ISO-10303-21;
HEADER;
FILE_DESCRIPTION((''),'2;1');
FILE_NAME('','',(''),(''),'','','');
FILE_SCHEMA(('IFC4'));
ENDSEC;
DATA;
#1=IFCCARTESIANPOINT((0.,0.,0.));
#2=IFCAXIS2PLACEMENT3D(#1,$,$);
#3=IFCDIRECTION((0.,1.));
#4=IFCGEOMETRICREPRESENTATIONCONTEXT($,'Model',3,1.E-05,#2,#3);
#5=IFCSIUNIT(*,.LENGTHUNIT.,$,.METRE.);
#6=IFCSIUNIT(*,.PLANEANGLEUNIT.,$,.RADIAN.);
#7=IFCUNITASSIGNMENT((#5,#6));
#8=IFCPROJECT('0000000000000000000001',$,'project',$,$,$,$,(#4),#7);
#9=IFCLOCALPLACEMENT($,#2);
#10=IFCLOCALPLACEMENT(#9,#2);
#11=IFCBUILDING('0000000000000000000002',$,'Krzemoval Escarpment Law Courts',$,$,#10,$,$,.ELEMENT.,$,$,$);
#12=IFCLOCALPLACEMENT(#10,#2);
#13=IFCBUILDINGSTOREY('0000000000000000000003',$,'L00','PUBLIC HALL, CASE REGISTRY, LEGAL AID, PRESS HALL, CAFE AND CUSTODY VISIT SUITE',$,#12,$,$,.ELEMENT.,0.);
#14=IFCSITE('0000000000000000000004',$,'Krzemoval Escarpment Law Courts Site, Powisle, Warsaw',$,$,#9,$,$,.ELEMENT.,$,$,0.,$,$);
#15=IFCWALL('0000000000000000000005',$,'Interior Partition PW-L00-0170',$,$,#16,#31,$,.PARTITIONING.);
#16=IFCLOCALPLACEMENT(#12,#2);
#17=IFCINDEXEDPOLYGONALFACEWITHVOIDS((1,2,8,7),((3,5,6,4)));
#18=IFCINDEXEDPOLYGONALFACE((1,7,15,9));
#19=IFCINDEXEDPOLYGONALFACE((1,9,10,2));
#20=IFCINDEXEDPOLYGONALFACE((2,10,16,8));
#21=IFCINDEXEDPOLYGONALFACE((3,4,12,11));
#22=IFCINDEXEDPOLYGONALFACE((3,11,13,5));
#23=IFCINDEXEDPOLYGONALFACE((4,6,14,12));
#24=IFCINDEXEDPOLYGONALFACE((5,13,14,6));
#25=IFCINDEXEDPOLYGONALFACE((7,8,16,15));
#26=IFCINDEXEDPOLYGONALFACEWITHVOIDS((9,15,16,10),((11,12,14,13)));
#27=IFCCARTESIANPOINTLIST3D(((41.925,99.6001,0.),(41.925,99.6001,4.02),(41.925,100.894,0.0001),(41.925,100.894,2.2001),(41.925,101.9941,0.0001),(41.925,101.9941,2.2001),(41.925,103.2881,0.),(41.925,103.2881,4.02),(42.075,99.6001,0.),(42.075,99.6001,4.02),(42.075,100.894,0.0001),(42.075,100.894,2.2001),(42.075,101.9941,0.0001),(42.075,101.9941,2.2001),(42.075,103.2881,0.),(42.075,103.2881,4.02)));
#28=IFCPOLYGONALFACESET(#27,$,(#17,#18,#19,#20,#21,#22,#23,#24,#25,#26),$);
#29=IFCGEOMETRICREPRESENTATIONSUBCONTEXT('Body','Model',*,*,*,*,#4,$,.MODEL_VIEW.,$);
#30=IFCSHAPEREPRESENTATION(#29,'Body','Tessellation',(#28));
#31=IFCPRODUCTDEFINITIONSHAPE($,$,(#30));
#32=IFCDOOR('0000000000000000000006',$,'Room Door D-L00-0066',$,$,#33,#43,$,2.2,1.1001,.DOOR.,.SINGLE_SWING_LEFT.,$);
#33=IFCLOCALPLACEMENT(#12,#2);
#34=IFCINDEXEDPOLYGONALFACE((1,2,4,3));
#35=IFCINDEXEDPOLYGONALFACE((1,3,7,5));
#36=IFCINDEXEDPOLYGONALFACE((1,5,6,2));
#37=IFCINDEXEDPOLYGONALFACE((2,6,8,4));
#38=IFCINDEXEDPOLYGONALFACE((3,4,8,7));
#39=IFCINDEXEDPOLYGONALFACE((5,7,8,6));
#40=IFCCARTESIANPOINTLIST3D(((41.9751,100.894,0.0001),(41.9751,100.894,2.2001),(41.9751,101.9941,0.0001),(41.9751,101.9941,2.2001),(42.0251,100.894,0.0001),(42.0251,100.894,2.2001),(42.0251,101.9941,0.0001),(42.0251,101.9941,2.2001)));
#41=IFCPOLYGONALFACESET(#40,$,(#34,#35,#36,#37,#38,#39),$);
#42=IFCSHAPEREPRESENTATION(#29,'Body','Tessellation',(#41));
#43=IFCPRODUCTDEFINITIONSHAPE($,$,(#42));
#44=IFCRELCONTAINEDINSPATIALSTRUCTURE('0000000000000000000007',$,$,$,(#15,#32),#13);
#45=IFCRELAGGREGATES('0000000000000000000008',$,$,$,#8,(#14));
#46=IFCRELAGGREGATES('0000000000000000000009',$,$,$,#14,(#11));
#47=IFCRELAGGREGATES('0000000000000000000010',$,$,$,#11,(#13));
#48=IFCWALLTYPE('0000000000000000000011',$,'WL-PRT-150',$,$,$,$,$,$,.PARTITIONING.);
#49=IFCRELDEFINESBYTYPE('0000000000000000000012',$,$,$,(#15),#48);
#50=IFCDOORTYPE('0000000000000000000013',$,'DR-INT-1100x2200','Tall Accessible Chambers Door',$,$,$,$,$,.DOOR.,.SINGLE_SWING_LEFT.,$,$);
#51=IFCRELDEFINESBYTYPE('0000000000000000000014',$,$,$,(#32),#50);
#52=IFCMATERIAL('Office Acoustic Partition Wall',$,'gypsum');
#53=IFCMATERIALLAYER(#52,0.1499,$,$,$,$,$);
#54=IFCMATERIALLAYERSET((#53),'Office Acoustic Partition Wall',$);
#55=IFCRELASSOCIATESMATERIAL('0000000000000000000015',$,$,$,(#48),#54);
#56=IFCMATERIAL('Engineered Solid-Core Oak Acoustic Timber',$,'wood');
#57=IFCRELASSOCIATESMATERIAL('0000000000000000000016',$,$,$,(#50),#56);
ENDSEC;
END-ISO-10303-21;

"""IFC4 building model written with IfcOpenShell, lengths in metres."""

from ifc_helpers import new_model, si_unit, direction, frame, frame_2d, origin, place, context, subcontext, project, spatial, rectangle, extrude, material, layer, layer_set, type_object, element, fill, save


model = new_model("IFC4")

# Units and contexts
model_context = context("Model", 3, precision=1e-05, world=origin(), true_north=direction((0.0, 1.0)))
body_context = subcontext(model_context, "Body", "Model", "MODEL_VIEW")
ifc_project = project(units=[si_unit("LENGTHUNIT", "METRE"), si_unit("PLANEANGLEUNIT", "RADIAN")], contexts=[model_context])

# Site, building, storey
site_placement = place(None, origin())
site = spatial("IfcSite", under=ifc_project, at=site_placement, Name="Krzemoval Escarpment Law Courts Site, Powisle, Warsaw", CompositionType="ELEMENT", RefElevation=0.0)
building_placement = place(site_placement, origin())
building = spatial("IfcBuilding", under=site, at=building_placement, Name="Krzemoval Escarpment Law Courts", CompositionType="ELEMENT")
storey_placement = place(building_placement, origin())
storey = spatial("IfcBuildingStorey", under=building, at=storey_placement, Name="L00", Description="PUBLIC HALL, CASE REGISTRY, LEGAL AID, PRESS HALL, CAFE AND CUSTODY VISIT SUITE", CompositionType="ELEMENT", Elevation=0.0)

# Wall, opening, door
ifc_material_1 = material(Name="Office Acoustic Partition Wall", Category="gypsum")
ifc_layer_1 = layer(ifc_material_1, 0.1499)
ifc_layer_set_1 = layer_set([ifc_layer_1], Name="Office Acoustic Partition Wall")
wall_type = type_object("IfcWallType", Name="WL-PRT-150", PredefinedType="PARTITIONING", material=ifc_layer_set_1)
wall_placement = place(storey_placement, frame((42.0, 99.6001, 0.0), z_axis=(0.0, 0.0, 1.0), x_axis=(0.0, 1.0, 0.0)))
wall = element("IfcWall", 1, at=wall_placement, inside=storey, type_object=wall_type, Name="Interior Partition PW-L00-0170", PredefinedType="PARTITIONING", context=body_context, shape_type="SweptSolid", body=[
    extrude(rectangle(XDim=3.688, YDim=0.1499, at=frame_2d((1.844, 0.0))), origin(), (0.0, 0.0, 1.0), 4.02),
])
opening_placement = place(wall_placement, frame((1.2939, 0.0, 0.0)))
opening = element("IfcOpeningElement", 2, at=opening_placement, cuts=wall, PredefinedType="OPENING", context=body_context, shape_type="SweptSolid", body=[
    extrude(rectangle(XDim=1.1001, YDim=2.2, at=frame_2d((0.55, 1.1001))), frame((0.0, 0.09, 0.0), z_axis=(0.0, -1.0, 0.0), x_axis=(1.0, 0.0, 0.0)), (0.0, 0.0, 1.0), 0.1799),
])
ifc_material_2 = material(Name="Engineered Solid-Core Oak Acoustic Timber", Category="wood")
door_type = type_object("IfcDoorType", Name="DR-INT-1100x2200", Description="Tall Accessible Chambers Door", OperationType="SINGLE_SWING_LEFT", PredefinedType="DOOR", material=ifc_material_2)
door_placement = place(opening_placement, origin())
door = element("IfcDoor", 3, at=door_placement, inside=storey, type_object=door_type, Name="Room Door D-L00-0066", OperationType="SINGLE_SWING_LEFT", OverallHeight=2.2, OverallWidth=1.1001, PredefinedType="DOOR", context=body_context, shape_type="SweptSolid", body=[
    extrude(rectangle(XDim=1.1001, YDim=2.2, at=frame_2d((0.55, 1.1001))), frame((0.0, 0.0249, 0.0), z_axis=(0.0, -1.0, 0.0), x_axis=(1.0, 0.0, 0.0)), (0.0, 0.0, 1.0), 0.05),
])
fill(opening, door)

save(model, "model.ifc")
